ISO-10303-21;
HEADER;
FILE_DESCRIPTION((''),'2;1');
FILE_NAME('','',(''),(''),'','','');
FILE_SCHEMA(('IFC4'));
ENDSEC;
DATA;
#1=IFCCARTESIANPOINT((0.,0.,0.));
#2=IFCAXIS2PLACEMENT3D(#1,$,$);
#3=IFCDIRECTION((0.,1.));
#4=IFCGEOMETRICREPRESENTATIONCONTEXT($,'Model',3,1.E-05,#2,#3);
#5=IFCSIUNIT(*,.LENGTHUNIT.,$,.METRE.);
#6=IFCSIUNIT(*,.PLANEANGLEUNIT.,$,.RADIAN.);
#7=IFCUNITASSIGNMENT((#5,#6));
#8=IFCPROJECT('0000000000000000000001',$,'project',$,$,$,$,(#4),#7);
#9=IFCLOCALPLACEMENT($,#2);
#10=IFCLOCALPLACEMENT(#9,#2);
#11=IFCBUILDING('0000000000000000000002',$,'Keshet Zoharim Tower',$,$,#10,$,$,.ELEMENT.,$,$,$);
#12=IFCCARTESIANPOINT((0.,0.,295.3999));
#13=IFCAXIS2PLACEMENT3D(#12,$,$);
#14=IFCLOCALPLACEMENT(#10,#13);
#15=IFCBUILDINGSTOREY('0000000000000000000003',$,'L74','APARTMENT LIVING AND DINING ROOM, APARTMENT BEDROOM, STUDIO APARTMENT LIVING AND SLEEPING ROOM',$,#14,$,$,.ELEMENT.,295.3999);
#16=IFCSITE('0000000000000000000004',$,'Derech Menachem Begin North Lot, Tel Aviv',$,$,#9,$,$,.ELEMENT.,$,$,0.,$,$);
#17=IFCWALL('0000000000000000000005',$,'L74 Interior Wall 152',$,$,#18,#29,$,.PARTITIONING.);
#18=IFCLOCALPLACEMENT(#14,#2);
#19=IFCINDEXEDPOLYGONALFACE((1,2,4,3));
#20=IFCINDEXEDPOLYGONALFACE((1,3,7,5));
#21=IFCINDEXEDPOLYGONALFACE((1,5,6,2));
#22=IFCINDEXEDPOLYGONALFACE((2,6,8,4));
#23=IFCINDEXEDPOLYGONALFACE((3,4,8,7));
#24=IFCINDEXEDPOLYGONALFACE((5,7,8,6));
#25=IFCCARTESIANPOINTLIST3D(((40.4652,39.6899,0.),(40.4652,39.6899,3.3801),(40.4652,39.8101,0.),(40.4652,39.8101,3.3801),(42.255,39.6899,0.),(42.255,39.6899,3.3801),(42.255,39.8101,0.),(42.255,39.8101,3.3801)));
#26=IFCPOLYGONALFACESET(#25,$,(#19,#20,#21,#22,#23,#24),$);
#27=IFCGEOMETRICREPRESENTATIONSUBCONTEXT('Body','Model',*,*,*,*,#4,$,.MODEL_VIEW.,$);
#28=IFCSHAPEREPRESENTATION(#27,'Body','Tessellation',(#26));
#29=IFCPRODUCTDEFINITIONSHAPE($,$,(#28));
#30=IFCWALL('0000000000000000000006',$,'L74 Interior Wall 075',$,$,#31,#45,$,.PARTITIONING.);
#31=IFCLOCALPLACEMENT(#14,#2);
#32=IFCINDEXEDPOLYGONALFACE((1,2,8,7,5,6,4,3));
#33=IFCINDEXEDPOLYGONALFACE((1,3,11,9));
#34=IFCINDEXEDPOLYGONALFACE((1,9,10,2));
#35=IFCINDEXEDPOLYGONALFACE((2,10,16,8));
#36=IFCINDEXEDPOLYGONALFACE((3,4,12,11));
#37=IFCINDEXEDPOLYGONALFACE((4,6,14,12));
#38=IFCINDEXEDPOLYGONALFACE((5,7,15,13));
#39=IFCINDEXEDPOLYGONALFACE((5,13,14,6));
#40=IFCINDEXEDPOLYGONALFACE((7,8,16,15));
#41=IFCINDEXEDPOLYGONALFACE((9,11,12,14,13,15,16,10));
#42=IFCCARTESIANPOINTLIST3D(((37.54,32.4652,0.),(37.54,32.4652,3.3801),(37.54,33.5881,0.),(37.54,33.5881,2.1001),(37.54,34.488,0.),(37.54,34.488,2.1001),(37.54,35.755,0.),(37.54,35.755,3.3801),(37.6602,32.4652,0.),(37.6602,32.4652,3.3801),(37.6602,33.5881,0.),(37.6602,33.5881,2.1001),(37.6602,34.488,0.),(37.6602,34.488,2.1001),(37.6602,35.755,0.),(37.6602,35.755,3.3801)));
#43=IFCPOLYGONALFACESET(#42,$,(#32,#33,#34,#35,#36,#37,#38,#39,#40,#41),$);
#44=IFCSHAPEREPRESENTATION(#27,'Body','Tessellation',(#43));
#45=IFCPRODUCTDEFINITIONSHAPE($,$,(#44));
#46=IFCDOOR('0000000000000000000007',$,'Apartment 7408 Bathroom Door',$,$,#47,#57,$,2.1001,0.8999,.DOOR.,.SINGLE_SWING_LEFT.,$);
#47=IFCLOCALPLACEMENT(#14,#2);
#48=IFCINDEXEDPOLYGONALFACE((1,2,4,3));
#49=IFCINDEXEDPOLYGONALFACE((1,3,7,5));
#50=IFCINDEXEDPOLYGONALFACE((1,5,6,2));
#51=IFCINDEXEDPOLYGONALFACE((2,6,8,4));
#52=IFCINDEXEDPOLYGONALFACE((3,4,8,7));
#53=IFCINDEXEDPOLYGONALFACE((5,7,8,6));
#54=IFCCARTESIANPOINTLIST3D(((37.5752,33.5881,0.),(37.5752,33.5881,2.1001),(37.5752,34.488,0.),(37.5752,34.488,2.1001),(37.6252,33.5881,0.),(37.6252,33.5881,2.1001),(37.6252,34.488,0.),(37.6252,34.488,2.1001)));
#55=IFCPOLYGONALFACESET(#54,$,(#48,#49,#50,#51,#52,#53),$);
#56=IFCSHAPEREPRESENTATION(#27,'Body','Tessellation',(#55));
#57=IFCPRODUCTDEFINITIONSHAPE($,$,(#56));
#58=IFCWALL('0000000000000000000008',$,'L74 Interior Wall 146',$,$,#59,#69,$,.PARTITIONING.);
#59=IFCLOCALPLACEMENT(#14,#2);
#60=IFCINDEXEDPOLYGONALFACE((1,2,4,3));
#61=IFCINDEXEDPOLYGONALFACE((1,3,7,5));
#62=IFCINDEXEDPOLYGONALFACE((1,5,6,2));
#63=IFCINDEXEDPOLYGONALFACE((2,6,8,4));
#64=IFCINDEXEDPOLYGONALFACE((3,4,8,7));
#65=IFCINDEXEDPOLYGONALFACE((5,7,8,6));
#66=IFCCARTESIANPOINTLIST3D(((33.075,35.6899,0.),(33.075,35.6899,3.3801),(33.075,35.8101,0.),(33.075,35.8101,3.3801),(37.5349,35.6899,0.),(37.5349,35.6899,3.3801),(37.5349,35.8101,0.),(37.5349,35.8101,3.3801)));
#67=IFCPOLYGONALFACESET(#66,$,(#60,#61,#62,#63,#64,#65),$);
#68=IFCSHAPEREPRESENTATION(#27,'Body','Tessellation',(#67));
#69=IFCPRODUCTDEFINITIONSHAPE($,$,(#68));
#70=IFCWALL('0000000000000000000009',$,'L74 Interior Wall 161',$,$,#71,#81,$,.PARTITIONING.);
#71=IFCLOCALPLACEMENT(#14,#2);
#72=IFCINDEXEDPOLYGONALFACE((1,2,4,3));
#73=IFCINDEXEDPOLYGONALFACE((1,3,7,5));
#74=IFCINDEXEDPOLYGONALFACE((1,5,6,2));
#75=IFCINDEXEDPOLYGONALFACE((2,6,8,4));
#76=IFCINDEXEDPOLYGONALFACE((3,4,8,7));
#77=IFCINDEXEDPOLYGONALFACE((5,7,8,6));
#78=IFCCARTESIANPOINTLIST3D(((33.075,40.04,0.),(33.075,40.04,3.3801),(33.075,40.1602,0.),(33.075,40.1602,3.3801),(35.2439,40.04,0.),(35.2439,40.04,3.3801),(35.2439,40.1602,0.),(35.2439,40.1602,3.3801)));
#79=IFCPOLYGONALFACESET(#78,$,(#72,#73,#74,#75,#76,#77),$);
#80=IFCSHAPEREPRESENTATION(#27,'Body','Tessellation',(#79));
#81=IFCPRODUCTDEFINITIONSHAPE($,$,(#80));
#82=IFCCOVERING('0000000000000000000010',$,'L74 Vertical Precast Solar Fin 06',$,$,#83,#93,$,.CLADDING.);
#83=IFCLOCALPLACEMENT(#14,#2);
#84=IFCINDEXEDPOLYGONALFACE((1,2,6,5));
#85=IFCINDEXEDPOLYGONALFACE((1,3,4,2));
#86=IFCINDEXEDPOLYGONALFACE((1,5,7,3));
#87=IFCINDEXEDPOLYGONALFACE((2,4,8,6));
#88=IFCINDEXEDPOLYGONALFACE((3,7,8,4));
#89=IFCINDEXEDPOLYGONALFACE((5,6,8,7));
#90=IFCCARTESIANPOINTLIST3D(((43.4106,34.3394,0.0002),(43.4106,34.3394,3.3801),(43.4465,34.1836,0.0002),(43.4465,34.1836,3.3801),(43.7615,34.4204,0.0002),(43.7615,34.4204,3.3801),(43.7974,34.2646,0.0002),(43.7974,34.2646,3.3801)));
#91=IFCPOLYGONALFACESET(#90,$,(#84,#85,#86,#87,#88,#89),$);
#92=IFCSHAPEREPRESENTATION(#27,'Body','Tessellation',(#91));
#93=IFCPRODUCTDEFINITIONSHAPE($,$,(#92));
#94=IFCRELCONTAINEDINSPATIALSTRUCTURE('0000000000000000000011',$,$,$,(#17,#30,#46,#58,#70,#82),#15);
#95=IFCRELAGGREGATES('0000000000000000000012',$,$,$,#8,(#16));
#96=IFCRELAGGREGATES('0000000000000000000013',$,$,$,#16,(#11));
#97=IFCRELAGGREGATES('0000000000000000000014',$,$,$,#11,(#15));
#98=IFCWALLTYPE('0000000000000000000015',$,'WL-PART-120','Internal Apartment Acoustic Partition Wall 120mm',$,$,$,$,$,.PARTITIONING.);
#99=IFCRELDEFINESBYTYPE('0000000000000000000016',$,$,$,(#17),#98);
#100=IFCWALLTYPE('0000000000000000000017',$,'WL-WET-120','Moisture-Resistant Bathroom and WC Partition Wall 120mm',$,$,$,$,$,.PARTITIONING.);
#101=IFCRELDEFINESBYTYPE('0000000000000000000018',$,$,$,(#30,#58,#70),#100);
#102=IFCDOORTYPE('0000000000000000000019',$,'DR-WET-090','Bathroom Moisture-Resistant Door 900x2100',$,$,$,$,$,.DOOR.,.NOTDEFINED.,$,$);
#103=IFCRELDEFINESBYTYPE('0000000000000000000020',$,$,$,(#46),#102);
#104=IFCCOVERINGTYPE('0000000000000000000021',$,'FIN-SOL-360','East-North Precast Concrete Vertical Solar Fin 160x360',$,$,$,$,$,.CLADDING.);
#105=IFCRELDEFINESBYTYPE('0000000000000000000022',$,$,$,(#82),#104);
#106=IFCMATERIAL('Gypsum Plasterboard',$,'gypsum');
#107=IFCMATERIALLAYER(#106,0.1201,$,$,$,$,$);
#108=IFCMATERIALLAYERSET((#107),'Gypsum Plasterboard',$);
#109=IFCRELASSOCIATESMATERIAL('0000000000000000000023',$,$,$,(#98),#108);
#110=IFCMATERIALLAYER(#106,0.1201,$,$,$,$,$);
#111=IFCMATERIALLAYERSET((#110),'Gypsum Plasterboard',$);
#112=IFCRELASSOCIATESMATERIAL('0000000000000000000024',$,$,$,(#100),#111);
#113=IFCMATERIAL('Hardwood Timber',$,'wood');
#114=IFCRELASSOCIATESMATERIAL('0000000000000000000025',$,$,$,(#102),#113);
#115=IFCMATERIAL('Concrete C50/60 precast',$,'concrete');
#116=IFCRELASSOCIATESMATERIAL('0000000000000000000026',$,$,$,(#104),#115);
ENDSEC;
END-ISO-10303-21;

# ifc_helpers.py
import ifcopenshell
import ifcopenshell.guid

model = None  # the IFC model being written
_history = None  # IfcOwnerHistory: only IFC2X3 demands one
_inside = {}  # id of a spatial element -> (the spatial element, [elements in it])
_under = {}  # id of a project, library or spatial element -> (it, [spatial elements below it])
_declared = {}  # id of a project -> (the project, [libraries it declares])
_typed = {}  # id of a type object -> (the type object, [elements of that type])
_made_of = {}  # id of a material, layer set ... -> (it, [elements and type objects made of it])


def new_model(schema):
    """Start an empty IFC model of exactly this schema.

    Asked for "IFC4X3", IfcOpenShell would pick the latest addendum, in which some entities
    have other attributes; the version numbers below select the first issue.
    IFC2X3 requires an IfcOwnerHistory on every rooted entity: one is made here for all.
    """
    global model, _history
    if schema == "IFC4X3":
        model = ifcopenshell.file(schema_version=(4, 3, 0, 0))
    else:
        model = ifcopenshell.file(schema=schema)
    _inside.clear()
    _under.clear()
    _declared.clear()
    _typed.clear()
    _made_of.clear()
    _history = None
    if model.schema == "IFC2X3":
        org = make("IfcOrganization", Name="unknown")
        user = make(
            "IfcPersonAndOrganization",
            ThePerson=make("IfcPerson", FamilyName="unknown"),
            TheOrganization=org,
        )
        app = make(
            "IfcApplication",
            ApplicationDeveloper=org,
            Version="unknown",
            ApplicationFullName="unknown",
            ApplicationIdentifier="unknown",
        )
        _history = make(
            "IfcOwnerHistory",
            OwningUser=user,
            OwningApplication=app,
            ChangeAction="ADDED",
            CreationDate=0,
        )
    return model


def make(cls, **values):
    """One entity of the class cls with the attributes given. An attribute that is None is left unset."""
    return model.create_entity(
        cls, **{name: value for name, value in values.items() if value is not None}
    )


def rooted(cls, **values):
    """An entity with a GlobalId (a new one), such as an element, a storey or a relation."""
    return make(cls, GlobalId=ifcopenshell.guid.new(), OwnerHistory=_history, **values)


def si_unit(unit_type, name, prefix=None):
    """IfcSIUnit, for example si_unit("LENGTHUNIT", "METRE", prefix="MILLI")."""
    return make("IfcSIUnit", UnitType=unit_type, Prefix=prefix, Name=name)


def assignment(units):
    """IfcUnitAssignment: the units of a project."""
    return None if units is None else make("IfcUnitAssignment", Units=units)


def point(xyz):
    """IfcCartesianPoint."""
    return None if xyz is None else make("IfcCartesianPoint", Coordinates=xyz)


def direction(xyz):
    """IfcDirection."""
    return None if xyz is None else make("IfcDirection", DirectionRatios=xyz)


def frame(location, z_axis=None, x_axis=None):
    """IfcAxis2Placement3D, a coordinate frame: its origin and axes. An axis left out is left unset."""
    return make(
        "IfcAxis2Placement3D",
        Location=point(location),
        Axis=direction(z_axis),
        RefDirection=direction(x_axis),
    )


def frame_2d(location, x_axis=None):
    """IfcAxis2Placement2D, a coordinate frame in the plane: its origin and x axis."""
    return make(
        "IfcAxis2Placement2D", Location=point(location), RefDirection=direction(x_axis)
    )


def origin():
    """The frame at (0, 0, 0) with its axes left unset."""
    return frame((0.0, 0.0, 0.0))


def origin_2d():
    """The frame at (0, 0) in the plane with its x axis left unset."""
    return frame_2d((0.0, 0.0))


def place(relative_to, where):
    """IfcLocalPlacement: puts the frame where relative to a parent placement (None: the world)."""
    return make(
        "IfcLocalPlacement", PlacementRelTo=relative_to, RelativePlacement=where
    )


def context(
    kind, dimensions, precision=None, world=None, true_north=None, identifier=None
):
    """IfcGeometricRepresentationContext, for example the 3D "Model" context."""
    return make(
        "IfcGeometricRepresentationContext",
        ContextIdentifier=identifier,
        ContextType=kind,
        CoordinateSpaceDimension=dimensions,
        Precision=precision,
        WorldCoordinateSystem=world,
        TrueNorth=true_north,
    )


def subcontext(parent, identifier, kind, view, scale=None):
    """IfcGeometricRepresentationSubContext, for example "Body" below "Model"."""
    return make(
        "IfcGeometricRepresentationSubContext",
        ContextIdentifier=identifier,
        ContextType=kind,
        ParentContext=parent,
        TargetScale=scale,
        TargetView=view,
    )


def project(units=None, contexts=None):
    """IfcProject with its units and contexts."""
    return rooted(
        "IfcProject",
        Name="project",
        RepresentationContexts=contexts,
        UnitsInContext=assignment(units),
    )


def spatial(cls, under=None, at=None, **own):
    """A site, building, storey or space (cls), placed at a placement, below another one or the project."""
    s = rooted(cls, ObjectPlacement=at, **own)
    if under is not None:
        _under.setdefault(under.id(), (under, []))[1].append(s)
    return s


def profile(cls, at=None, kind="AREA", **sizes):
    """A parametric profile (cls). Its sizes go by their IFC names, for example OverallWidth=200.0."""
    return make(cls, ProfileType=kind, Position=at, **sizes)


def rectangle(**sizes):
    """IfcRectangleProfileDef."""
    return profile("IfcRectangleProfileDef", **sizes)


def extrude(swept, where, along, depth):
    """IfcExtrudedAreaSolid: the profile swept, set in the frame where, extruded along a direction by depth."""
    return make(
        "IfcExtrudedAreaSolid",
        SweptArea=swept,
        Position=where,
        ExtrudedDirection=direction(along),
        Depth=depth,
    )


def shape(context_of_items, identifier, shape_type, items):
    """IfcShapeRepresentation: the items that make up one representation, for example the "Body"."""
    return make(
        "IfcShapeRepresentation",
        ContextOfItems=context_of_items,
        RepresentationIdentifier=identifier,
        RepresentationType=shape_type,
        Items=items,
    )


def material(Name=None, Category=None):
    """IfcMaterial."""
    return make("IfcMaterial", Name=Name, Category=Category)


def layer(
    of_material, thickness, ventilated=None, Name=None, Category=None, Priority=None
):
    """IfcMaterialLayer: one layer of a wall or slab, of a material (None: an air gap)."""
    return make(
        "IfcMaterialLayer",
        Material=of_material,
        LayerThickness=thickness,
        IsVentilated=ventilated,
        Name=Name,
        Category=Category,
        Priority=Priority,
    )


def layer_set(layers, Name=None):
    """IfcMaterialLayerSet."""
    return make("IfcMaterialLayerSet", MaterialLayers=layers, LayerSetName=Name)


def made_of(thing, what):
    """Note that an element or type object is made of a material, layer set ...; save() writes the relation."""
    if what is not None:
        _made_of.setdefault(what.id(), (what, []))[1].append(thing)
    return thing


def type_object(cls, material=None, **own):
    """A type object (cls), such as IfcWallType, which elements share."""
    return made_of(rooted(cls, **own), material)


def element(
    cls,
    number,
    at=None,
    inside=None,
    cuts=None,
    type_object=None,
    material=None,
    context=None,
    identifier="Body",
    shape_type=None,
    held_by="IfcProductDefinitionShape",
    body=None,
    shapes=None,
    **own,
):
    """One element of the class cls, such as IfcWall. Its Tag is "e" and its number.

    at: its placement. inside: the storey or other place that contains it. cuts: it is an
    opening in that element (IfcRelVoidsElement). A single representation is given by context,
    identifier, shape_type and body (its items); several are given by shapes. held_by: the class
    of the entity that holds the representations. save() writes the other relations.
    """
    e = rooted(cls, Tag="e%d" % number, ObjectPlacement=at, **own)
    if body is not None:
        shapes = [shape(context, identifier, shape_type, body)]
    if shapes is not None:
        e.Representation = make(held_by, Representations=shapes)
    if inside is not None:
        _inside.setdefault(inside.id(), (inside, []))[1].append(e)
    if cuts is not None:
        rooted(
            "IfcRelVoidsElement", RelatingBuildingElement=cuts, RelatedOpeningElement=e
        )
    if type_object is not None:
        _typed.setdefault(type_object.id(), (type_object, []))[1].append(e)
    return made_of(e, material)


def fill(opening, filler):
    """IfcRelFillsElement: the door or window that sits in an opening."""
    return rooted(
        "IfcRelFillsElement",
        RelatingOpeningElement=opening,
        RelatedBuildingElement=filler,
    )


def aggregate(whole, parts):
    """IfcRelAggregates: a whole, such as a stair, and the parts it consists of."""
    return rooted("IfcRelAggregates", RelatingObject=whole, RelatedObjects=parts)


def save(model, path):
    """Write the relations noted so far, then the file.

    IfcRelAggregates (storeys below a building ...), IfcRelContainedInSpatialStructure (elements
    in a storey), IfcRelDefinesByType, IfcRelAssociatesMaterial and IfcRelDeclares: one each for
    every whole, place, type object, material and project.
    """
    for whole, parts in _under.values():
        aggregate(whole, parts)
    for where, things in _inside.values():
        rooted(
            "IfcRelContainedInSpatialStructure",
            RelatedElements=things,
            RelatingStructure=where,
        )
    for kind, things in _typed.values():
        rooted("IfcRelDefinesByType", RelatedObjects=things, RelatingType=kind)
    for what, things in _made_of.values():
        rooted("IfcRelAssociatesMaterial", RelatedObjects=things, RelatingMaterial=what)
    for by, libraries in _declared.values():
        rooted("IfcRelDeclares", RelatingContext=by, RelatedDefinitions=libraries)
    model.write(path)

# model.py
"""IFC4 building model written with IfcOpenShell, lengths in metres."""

from ifc_helpers import new_model, si_unit, direction, frame, frame_2d, origin, origin_2d, place, context, subcontext, project, spatial, rectangle, extrude, material, layer, layer_set, type_object, element, fill, save


model = new_model("IFC4")

# Units and contexts
model_context = context("Model", 3, precision=1e-05, world=origin(), true_north=direction((0.0, 1.0)))
body_context = subcontext(model_context, "Body", "Model", "MODEL_VIEW")
ifc_project = project(units=[si_unit("LENGTHUNIT", "METRE"), si_unit("PLANEANGLEUNIT", "RADIAN")], contexts=[model_context])

# Site, building, storey
site_placement = place(None, origin())
site = spatial("IfcSite", under=ifc_project, at=site_placement, Name="Derech Menachem Begin North Lot, Tel Aviv", CompositionType="ELEMENT", RefElevation=0.0)
building_placement = place(site_placement, origin())
building = spatial("IfcBuilding", under=site, at=building_placement, Name="Keshet Zoharim Tower", CompositionType="ELEMENT")
storey_placement = place(building_placement, frame((0.0, 0.0, 295.3999)))
storey = spatial("IfcBuildingStorey", under=building, at=storey_placement, Name="L74", Description="APARTMENT LIVING AND DINING ROOM, APARTMENT BEDROOM, STUDIO APARTMENT LIVING AND SLEEPING ROOM", CompositionType="ELEMENT", Elevation=295.3999)

# Shared definitions
ifc_material_1 = material(Name="Gypsum Plasterboard", Category="gypsum")

# Shared definitions
ifc_material_2 = material(Name="Hardwood Timber", Category="wood")

# Shared definitions
ifc_layer_1 = layer(ifc_material_1, 0.1201)
ifc_layer_set_1 = layer_set([ifc_layer_1], Name="Gypsum Plasterboard")
wall_type_1 = type_object("IfcWallType", Name="WL-PART-120", Description="Internal Apartment Acoustic Partition Wall 120mm", PredefinedType="PARTITIONING", material=ifc_layer_set_1)

# Wall
wall_1_placement = place(storey_placement, frame((40.4651, 39.75, 0.0), z_axis=(0.0, 0.0, 1.0), x_axis=(1.0, 0.0, 0.0)))
element("IfcWall", 1, at=wall_1_placement, inside=storey, type_object=wall_type_1, Name="L74 Interior Wall 152", PredefinedType="PARTITIONING", context=body_context, shape_type="SweptSolid", body=[
    extrude(rectangle(XDim=1.7898, YDim=0.1201, at=frame_2d((0.895, 0.0))), origin(), (0.0, 0.0, 1.0), 3.3801),
])

# Wall, opening, door
ifc_layer_2 = layer(ifc_material_1, 0.1201)
ifc_layer_set_2 = layer_set([ifc_layer_2], Name="Gypsum Plasterboard")
wall_type_2 = type_object("IfcWallType", Name="WL-WET-120", Description="Moisture-Resistant Bathroom and WC Partition Wall 120mm", PredefinedType="PARTITIONING", material=ifc_layer_set_2)
wall_2_placement = place(storey_placement, frame((37.6001, 32.4651, 0.0), z_axis=(0.0, 0.0, 1.0), x_axis=(0.0, 1.0, 0.0)))
wall_2 = element("IfcWall", 2, at=wall_2_placement, inside=storey, type_object=wall_type_2, Name="L74 Interior Wall 075", PredefinedType="PARTITIONING", context=body_context, shape_type="SweptSolid", body=[
    extrude(rectangle(XDim=3.2898, YDim=0.1201, at=frame_2d((1.645, 0.0))), origin(), (0.0, 0.0, 1.0), 3.3801),
])
opening_1_placement = place(wall_2_placement, frame((1.123, 0.0, 0.0)))
opening_1 = element("IfcOpeningElement", 3, at=opening_1_placement, cuts=wall_2, PredefinedType="OPENING", context=body_context, shape_type="SweptSolid", body=[
    extrude(rectangle(XDim=0.8999, YDim=2.1001, at=frame_2d((0.45, 1.05))), frame((0.0, 0.0701, 0.0), z_axis=(0.0, -1.0, 0.0), x_axis=(1.0, 0.0, 0.0)), (0.0, 0.0, 1.0), 0.1401),
])
door_type_1 = type_object("IfcDoorType", Name="DR-WET-090", Description="Bathroom Moisture-Resistant Door 900x2100", OperationType="NOTDEFINED", PredefinedType="DOOR", material=ifc_material_2)
door_1_placement = place(opening_1_placement, origin())
door_1 = element("IfcDoor", 4, at=door_1_placement, inside=storey, type_object=door_type_1, Name="Apartment 7408 Bathroom Door", OperationType="SINGLE_SWING_LEFT", OverallHeight=2.1001, OverallWidth=0.8999, PredefinedType="DOOR", context=body_context, shape_type="SweptSolid", body=[
    extrude(rectangle(XDim=0.8999, YDim=2.1001, at=frame_2d((0.45, 1.05))), frame((0.0, 0.0249, 0.0), z_axis=(0.0, -1.0, 0.0), x_axis=(1.0, 0.0, 0.0)), (0.0, 0.0, 1.0), 0.05),
])
fill(opening_1, door_1)

# Walls
wall_3_placement = place(storey_placement, frame((33.075, 35.75, 0.0), z_axis=(0.0, 0.0, 1.0), x_axis=(1.0, 0.0, 0.0)))
element("IfcWall", 5, at=wall_3_placement, inside=storey, type_object=wall_type_2, Name="L74 Interior Wall 146", PredefinedType="PARTITIONING", context=body_context, shape_type="SweptSolid", body=[
    extrude(rectangle(XDim=4.46, YDim=0.1201, at=frame_2d((2.23, 0.0))), origin(), (0.0, 0.0, 1.0), 3.3801),
])
wall_4_placement = place(storey_placement, frame((33.075, 40.1001, 0.0), z_axis=(0.0, 0.0, 1.0), x_axis=(1.0, 0.0, 0.0)))
element("IfcWall", 6, at=wall_4_placement, inside=storey, type_object=wall_type_2, Name="L74 Interior Wall 161", PredefinedType="PARTITIONING", context=body_context, shape_type="SweptSolid", body=[
    extrude(rectangle(XDim=2.1689, YDim=0.1201, at=frame_2d((1.0845, 0.0))), origin(), (0.0, 0.0, 1.0), 3.3801),
])

# Covering
ifc_material_3 = material(Name="Concrete C50/60 precast", Category="concrete")
covering_type = type_object("IfcCoveringType", Name="FIN-SOL-360", Description="East-North Precast Concrete Vertical Solar Fin 160x360", PredefinedType="CLADDING", material=ifc_material_3)
covering_placement = place(storey_placement, frame((43.604, 34.302, 0.0002), z_axis=(0.0, 0.0, 1.0), x_axis=(0.22483, -0.974398, 0.0)))
element("IfcCovering", 7, at=covering_placement, inside=storey, type_object=covering_type, Name="L74 Vertical Precast Solar Fin 06", PredefinedType="CLADDING", context=body_context, shape_type="SweptSolid", body=[
    extrude(rectangle(XDim=0.1599, YDim=0.3601, at=origin_2d()), origin(), (0.0, 0.0, 1.0), 3.3799),
])

save(model, "model.ifc")
